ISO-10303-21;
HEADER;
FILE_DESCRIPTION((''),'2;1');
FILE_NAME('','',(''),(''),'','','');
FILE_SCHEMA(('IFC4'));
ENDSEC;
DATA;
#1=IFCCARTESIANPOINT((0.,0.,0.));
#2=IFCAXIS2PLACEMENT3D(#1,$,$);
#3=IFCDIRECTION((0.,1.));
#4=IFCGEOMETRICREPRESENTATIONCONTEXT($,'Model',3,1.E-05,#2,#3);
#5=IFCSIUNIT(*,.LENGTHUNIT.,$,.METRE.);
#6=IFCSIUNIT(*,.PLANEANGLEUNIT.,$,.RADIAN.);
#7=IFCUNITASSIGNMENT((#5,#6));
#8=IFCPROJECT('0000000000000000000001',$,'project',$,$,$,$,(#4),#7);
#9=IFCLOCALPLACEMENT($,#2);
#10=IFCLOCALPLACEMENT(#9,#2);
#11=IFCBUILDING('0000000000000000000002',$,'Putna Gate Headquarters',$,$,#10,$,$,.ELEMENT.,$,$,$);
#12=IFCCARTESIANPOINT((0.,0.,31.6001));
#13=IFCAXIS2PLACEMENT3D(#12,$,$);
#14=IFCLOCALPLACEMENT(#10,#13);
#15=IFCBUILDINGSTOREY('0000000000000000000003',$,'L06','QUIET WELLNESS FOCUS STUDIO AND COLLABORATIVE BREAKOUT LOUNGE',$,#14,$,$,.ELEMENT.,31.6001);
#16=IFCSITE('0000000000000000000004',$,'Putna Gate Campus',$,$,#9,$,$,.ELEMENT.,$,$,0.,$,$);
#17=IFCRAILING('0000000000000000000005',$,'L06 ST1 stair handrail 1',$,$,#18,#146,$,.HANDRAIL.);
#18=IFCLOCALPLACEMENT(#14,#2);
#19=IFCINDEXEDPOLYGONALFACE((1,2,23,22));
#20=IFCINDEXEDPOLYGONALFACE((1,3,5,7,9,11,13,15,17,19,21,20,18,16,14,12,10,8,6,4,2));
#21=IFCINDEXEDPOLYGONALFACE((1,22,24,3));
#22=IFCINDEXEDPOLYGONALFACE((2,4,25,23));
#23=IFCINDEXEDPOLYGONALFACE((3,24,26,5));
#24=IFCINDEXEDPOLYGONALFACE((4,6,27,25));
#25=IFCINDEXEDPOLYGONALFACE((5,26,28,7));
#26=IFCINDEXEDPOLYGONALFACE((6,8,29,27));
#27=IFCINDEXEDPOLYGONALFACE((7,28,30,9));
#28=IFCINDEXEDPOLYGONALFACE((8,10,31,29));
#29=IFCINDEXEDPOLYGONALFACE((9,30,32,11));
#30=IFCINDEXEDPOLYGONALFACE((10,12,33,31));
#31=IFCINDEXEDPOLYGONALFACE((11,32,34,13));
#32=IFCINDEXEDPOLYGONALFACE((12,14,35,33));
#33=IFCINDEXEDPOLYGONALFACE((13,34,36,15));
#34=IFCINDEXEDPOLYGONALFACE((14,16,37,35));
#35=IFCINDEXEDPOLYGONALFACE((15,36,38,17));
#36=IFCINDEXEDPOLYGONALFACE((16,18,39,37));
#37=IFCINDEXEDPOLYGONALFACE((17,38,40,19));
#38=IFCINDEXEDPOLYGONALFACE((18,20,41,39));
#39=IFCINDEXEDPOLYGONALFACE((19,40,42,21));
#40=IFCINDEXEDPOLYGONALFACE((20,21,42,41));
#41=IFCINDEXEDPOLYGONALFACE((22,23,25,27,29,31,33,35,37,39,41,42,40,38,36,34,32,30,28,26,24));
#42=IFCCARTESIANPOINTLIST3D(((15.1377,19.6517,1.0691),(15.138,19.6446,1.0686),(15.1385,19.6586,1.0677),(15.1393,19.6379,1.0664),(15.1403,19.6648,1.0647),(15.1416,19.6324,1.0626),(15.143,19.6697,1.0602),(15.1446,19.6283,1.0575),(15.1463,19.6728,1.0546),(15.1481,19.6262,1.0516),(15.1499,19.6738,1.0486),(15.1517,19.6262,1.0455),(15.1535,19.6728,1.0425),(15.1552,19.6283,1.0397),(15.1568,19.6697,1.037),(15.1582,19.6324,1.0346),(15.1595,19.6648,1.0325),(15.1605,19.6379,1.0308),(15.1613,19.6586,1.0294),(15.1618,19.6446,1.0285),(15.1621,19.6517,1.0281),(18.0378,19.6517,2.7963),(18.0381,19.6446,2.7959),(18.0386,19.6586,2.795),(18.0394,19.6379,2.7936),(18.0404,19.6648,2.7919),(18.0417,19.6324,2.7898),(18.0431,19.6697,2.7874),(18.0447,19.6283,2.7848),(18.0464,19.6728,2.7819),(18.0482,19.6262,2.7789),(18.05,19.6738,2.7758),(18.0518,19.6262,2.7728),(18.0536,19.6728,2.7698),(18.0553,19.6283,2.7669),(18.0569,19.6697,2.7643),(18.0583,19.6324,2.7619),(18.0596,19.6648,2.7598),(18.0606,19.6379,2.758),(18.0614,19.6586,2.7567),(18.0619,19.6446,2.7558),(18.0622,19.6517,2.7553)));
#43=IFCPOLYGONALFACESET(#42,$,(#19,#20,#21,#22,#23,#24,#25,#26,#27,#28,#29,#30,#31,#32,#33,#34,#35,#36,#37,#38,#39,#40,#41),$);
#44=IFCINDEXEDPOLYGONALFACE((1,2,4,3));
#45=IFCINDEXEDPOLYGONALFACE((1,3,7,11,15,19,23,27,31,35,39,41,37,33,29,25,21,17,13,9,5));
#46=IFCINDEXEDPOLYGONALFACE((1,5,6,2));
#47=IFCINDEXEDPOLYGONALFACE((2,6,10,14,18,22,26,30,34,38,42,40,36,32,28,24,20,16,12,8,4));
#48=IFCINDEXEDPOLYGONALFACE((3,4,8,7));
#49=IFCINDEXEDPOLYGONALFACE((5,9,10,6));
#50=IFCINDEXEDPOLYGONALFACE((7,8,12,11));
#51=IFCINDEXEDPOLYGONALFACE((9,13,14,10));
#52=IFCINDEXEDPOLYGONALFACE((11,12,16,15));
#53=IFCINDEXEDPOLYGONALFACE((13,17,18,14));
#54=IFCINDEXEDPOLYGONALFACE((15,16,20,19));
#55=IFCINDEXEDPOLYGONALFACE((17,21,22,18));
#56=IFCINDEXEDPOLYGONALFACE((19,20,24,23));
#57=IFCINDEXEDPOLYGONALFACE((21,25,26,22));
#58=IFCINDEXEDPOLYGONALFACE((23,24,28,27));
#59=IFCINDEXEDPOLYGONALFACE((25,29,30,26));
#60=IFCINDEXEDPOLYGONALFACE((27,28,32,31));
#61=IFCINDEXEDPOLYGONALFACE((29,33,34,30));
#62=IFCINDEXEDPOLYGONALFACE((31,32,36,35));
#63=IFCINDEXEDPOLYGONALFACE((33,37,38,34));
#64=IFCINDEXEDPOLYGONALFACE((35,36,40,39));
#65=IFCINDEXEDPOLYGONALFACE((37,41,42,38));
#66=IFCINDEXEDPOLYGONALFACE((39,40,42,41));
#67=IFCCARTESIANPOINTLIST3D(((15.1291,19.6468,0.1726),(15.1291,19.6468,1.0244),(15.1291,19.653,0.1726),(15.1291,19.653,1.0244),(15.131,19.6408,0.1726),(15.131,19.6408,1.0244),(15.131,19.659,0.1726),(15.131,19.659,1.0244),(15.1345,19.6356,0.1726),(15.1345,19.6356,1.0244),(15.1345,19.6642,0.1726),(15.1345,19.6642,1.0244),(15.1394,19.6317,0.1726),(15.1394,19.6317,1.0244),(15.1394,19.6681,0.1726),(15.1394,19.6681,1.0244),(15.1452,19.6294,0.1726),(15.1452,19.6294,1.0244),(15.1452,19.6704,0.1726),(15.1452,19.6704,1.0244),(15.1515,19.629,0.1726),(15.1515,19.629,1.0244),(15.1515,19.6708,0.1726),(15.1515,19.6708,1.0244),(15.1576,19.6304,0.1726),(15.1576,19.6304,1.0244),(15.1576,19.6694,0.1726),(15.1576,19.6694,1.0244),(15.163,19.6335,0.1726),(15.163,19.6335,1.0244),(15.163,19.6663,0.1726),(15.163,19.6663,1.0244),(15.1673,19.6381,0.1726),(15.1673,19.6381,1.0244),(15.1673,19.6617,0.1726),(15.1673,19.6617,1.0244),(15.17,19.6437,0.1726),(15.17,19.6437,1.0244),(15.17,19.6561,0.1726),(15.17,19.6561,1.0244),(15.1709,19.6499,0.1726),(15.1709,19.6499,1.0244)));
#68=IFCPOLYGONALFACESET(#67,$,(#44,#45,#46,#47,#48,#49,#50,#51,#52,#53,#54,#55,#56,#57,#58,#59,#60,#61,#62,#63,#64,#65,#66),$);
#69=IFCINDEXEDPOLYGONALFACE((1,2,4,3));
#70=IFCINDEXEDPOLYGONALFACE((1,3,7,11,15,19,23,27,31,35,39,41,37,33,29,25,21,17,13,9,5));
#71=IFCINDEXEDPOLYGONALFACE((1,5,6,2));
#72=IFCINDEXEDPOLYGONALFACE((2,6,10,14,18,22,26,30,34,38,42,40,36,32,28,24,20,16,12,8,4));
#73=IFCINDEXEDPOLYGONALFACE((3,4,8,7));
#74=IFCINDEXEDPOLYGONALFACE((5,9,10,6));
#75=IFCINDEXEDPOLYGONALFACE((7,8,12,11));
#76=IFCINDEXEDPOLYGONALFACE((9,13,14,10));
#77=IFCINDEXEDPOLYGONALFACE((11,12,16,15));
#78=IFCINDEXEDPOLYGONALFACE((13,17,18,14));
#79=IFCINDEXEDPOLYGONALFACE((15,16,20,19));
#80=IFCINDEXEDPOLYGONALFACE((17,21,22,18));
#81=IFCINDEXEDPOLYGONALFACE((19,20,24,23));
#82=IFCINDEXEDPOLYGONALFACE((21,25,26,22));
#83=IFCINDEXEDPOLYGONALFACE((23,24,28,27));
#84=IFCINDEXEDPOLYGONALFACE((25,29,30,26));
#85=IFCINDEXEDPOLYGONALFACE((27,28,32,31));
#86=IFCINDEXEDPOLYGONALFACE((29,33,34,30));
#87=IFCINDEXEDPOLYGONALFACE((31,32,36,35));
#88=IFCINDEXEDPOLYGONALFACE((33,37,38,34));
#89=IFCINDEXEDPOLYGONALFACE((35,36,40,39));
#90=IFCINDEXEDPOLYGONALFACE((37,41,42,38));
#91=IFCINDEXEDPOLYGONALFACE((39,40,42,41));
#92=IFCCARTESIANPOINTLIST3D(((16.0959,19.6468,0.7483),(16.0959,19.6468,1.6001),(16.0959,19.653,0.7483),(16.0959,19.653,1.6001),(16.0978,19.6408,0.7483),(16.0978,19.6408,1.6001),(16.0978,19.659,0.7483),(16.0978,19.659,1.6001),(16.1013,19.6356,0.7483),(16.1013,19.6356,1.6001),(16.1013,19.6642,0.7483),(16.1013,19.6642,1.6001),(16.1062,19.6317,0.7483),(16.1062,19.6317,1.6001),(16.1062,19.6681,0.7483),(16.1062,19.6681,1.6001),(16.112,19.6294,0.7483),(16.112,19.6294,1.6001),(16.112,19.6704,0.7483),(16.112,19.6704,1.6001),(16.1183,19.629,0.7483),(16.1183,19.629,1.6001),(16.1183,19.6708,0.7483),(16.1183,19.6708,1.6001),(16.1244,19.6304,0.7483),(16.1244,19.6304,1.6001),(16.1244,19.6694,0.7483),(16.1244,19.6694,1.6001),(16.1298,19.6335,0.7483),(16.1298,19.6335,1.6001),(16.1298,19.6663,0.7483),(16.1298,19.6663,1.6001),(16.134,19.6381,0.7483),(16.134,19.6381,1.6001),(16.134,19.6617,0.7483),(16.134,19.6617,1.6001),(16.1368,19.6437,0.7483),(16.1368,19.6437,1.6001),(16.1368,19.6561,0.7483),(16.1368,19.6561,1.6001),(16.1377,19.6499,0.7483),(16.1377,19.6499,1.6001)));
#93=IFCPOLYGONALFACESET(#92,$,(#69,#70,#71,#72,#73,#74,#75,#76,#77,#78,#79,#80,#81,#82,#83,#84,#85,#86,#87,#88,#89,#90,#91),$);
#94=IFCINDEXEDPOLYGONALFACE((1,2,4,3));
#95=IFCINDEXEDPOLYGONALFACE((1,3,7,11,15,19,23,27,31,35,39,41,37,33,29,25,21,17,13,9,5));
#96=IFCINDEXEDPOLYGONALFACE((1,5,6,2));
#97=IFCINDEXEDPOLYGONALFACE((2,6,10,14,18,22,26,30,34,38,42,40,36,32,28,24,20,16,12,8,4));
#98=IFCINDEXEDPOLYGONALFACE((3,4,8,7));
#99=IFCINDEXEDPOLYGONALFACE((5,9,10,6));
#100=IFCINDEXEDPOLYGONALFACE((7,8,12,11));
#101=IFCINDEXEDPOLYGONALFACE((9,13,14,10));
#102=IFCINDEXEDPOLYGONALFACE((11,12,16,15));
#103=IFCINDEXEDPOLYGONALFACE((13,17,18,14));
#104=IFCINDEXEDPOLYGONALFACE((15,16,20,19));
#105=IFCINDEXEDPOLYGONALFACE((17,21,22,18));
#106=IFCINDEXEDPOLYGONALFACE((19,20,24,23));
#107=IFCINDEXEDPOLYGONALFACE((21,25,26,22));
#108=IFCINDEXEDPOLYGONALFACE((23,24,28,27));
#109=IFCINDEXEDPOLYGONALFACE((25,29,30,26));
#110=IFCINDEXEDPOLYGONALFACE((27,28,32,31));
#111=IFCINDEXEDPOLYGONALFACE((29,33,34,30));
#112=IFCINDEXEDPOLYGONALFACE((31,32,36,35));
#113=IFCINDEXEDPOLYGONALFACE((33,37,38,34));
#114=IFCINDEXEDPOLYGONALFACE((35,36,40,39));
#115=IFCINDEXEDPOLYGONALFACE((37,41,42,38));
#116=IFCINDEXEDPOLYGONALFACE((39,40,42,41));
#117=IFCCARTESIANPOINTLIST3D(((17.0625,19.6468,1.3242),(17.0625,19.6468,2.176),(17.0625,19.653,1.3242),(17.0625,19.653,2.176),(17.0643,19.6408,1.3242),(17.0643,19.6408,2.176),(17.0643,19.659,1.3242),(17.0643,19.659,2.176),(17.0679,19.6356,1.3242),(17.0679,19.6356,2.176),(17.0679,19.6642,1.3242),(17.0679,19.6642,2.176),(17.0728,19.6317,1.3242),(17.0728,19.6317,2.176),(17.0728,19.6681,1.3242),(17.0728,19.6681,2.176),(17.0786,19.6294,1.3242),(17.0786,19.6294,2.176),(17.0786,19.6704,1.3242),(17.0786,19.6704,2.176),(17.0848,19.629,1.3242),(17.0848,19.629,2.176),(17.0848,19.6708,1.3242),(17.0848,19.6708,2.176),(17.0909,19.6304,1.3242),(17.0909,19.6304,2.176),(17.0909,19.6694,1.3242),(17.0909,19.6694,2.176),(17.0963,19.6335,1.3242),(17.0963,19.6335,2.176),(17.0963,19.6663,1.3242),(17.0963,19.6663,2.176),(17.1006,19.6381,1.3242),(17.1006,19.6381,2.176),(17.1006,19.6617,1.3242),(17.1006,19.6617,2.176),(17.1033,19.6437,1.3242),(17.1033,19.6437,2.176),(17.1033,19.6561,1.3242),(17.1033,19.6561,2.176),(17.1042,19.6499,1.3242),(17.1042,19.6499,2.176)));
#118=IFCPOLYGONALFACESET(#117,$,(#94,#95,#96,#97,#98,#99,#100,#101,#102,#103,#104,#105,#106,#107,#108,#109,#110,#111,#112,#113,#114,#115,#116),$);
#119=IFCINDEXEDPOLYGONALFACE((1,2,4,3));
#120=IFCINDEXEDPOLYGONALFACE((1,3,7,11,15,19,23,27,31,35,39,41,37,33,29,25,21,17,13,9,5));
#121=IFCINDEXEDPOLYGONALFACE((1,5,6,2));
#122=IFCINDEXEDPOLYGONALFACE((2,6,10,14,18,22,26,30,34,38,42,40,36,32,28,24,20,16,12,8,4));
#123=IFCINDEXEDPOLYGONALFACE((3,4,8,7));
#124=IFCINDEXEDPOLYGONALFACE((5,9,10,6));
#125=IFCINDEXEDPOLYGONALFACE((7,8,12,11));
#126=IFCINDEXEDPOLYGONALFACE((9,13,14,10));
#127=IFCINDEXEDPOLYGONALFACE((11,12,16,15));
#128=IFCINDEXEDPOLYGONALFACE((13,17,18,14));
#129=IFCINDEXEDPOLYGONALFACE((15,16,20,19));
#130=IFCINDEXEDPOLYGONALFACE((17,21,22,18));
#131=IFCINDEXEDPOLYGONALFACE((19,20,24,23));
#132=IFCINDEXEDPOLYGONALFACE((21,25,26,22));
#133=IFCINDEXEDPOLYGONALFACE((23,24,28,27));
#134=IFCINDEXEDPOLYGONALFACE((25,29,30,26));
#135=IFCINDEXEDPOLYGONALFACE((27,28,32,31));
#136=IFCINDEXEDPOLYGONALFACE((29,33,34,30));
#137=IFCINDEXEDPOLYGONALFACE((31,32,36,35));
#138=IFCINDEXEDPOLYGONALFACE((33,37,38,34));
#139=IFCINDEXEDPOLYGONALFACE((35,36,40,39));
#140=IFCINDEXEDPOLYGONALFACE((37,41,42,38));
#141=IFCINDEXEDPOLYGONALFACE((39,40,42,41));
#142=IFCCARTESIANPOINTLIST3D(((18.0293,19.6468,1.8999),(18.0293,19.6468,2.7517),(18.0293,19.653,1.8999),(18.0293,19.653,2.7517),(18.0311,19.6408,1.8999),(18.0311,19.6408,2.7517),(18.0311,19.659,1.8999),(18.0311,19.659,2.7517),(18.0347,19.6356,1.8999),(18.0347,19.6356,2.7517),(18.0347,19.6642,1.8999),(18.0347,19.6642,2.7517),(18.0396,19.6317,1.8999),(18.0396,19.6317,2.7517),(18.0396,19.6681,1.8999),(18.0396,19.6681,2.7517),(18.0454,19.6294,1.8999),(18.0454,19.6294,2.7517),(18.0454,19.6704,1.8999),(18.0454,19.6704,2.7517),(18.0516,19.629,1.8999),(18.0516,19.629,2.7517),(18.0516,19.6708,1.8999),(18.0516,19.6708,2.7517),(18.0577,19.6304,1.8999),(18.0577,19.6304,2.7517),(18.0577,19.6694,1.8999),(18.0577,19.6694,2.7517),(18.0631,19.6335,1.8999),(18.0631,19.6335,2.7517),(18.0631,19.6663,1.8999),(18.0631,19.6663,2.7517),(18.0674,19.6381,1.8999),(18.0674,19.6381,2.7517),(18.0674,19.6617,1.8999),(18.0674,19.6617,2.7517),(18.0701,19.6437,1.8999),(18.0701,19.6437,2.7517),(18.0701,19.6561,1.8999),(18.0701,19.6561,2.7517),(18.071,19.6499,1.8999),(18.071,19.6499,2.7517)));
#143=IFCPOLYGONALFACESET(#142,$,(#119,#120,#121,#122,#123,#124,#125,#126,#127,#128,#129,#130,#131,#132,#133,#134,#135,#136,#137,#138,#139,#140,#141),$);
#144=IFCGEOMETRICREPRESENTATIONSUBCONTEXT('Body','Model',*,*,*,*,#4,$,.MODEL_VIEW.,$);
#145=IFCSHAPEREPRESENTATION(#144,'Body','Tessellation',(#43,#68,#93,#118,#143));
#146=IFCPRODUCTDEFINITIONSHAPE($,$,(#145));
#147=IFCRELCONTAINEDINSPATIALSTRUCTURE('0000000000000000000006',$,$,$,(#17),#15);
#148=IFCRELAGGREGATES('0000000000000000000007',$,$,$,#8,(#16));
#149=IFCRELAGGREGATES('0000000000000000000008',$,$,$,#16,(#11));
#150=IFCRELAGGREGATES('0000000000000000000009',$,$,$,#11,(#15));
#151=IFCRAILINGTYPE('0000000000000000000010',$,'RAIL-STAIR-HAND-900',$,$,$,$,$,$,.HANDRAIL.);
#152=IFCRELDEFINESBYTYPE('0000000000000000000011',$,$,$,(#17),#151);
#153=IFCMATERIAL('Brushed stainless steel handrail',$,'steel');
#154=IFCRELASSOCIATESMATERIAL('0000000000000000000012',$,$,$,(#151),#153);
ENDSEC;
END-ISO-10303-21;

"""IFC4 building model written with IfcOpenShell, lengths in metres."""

from ifc_helpers import new_model, si_unit, direction, frame, origin, origin_2d, place, context, subcontext, project, spatial, circle, extrude, material, type_object, element, save


model = new_model("IFC4")

# Units and contexts
model_context = context("Model", 3, precision=1e-05, world=origin(), true_north=direction((0.0, 1.0)))
body_context = subcontext(model_context, "Body", "Model", "MODEL_VIEW")
ifc_project = project(units=[si_unit("LENGTHUNIT", "METRE"), si_unit("PLANEANGLEUNIT", "RADIAN")], contexts=[model_context])

# Site, building, storey
site_placement = place(None, origin())
site = spatial("IfcSite", under=ifc_project, at=site_placement, Name="Putna Gate Campus", CompositionType="ELEMENT", RefElevation=0.0)
building_placement = place(site_placement, origin())
building = spatial("IfcBuilding", under=site, at=building_placement, Name="Putna Gate Headquarters", CompositionType="ELEMENT")
storey_placement = place(building_placement, frame((0.0, 0.0, 31.6001)))
storey = spatial("IfcBuildingStorey", under=building, at=storey_placement, Name="L06", Description="QUIET WELLNESS FOCUS STUDIO AND COLLABORATIVE BREAKOUT LOUNGE", CompositionType="ELEMENT", Elevation=31.6001)

# Railing
ifc_material_1 = material(Name="Brushed stainless steel handrail", Category="steel")
railing_type_1 = type_object("IfcRailingType", Name="RAIL-STAIR-HAND-900", PredefinedType="HANDRAIL", material=ifc_material_1)
railing_1_placement = place(storey_placement, frame((15.1499, 19.6499, 0.1726)))
element("IfcRailing", 1, at=railing_1_placement, inside=storey, type_object=railing_type_1, Name="L06 ST1 stair handrail 1", PredefinedType="HANDRAIL", context=body_context, shape_type="SweptSolid", body=[
    extrude(circle(Radius=0.0239, at=origin_2d()), frame((0.0, 0.0, 0.876), z_axis=(0.85916, 0.0, 0.511706), x_axis=(0.0, 1.0, 0.0)), (0.0, 0.0, 1.0), 3.3755),
    extrude(circle(Radius=0.021, at=origin_2d()), origin(), (0.0, 0.0, 1.0), 0.8518),
    extrude(circle(Radius=0.021, at=origin_2d()), frame((0.9668, 0.0, 0.5757)), (0.0, 0.0, 1.0), 0.8518),
    extrude(circle(Radius=0.021, at=origin_2d()), frame((1.9333, 0.0, 1.1516)), (0.0, 0.0, 1.0), 0.8518),
    extrude(circle(Radius=0.021, at=origin_2d()), frame((2.9001, 0.0, 1.7273)), (0.0, 0.0, 1.0), 0.8518),
])

save(model, "model.ifc")
